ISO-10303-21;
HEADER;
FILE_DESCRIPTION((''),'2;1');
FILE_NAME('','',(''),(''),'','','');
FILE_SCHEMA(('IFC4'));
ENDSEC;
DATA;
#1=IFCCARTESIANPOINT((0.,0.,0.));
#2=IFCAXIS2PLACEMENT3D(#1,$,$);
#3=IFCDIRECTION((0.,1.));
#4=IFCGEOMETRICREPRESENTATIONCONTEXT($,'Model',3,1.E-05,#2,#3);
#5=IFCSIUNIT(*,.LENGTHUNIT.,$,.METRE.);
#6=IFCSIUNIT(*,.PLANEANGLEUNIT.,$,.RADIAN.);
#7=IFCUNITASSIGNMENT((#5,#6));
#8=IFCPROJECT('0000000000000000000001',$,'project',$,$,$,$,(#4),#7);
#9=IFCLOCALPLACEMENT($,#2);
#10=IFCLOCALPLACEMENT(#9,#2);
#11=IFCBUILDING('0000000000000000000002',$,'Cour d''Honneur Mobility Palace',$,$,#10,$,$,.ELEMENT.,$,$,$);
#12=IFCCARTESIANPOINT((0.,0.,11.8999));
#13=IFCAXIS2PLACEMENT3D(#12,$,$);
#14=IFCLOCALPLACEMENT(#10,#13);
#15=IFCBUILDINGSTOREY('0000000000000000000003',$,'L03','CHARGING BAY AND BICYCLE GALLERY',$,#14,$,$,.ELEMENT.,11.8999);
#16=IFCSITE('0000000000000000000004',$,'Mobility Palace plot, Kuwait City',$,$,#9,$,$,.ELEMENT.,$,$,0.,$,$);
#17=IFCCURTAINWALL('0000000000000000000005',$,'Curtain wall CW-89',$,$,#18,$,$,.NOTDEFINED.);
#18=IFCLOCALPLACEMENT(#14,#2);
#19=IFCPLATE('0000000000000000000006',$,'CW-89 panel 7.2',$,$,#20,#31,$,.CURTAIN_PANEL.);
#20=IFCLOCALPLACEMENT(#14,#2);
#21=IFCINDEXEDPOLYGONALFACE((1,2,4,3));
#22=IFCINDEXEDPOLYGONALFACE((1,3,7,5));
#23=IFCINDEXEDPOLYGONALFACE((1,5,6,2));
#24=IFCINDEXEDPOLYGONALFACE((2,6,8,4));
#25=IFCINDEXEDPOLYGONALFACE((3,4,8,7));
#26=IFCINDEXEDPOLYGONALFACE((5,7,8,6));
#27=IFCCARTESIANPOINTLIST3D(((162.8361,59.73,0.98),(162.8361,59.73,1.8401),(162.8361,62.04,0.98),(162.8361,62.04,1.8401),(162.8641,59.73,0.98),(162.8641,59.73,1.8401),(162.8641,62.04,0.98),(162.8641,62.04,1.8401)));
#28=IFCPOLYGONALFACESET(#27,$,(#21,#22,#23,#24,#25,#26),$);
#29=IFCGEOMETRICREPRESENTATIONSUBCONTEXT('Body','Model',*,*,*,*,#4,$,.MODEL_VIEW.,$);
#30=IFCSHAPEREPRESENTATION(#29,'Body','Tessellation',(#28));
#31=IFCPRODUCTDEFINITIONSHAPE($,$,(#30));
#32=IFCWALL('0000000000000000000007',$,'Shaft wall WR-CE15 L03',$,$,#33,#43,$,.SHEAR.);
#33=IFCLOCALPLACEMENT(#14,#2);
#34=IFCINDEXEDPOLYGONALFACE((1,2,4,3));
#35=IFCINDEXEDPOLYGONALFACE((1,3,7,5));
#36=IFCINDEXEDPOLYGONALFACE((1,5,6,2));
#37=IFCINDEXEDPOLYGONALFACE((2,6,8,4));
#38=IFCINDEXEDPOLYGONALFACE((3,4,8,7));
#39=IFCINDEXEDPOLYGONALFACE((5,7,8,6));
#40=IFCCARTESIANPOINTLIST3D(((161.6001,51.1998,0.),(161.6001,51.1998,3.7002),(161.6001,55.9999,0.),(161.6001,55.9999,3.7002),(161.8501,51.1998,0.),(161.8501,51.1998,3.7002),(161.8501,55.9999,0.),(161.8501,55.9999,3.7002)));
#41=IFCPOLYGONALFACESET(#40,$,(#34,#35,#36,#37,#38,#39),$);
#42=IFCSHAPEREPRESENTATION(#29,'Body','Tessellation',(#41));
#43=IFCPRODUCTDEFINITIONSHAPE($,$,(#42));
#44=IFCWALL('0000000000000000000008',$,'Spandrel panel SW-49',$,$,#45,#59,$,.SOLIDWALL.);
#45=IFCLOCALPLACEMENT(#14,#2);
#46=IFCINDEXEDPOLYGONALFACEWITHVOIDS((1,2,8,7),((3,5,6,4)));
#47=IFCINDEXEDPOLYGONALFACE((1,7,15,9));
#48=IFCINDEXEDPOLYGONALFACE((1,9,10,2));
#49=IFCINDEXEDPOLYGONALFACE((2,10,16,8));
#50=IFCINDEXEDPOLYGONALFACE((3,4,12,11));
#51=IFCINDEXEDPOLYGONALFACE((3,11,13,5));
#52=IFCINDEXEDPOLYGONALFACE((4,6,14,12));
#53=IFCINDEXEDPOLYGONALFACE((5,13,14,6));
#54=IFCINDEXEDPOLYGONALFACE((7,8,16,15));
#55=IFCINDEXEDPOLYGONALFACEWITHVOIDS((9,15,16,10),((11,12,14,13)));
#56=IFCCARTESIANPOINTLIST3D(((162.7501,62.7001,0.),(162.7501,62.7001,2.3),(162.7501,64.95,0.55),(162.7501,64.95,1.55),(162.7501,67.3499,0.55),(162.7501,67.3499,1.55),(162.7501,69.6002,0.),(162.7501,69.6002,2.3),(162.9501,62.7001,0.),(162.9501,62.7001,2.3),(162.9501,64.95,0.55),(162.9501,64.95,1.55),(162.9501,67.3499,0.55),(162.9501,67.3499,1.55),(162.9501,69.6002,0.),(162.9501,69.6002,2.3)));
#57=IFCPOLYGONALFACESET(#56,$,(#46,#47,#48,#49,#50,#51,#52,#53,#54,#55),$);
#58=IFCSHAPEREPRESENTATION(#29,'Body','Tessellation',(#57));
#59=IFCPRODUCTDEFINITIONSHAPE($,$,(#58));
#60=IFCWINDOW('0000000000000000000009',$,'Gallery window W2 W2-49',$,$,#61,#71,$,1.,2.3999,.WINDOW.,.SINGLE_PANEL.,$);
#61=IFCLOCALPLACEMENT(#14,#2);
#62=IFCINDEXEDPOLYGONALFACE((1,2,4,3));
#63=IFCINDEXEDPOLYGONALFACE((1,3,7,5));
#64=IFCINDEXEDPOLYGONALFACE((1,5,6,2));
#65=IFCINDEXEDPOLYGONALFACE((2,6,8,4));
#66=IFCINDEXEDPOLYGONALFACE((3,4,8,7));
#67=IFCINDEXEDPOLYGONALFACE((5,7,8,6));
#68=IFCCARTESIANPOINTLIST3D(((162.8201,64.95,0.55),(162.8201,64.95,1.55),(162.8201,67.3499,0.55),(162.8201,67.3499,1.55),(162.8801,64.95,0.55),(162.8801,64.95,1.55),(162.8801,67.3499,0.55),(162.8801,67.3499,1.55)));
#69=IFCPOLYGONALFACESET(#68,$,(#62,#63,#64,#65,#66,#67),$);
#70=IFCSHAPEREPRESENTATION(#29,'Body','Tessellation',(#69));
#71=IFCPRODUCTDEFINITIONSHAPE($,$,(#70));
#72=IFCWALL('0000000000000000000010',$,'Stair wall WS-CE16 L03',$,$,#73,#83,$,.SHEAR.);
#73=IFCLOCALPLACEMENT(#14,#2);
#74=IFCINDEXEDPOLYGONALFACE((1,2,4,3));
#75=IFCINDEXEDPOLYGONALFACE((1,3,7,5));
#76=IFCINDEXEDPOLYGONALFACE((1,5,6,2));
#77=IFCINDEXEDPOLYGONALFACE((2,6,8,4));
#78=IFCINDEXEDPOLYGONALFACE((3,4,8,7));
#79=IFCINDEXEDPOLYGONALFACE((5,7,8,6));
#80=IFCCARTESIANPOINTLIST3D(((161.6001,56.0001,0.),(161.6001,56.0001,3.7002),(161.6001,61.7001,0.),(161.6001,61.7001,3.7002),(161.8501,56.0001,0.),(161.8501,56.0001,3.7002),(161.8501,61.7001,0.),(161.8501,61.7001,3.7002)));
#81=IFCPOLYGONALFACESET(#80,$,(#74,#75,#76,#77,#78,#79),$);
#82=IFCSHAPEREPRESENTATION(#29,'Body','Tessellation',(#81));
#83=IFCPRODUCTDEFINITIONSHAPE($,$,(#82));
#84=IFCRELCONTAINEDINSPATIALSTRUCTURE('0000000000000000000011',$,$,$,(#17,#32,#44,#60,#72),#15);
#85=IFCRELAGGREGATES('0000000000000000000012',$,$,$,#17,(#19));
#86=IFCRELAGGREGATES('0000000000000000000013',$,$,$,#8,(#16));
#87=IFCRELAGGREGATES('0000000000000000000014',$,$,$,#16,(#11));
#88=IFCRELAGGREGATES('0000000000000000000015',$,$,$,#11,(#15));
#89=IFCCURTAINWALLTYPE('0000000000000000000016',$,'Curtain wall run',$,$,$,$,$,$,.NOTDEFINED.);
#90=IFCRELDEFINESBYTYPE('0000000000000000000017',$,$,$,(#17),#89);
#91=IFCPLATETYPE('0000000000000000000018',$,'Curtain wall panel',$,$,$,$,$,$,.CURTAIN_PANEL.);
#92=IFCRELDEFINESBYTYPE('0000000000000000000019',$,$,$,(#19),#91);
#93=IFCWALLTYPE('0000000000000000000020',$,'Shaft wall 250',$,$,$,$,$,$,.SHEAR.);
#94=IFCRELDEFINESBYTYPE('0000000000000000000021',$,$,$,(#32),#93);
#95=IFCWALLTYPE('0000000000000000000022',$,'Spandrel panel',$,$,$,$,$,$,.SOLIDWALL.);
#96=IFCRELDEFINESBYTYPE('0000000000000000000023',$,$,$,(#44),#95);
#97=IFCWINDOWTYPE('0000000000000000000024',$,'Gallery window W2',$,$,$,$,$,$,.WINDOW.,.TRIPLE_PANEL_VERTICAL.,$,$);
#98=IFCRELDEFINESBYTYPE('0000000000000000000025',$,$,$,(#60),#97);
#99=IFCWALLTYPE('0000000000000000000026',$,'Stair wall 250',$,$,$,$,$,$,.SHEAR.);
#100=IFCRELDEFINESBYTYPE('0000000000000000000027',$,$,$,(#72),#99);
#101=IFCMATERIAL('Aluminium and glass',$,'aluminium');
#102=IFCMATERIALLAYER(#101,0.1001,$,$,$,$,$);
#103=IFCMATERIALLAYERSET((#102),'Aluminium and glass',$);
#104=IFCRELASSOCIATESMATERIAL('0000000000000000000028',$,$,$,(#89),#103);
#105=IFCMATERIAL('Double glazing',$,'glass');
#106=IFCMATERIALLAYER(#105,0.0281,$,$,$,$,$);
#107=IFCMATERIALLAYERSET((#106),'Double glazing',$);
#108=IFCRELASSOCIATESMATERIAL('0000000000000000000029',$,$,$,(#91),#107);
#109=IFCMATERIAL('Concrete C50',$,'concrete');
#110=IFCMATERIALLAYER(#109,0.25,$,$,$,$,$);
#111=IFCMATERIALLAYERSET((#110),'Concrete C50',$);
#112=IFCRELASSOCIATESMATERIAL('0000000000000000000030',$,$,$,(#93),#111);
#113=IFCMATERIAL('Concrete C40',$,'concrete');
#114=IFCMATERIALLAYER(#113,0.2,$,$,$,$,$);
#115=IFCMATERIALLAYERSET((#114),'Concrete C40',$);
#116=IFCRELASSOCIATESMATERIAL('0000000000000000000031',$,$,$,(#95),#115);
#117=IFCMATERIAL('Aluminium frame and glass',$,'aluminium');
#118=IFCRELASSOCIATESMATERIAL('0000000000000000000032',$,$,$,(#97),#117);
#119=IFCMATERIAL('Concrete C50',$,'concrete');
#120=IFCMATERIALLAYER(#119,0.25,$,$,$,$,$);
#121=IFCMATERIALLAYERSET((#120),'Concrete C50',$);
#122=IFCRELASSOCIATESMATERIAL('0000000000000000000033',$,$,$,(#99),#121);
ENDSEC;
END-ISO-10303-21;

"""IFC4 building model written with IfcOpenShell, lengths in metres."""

from ifc_helpers import new_model, si_unit, direction, frame, frame_2d, origin, origin_2d, place, context, subcontext, project, spatial, rectangle, extrude, material, layer, layer_set, type_object, element, fill, aggregate, save


model = new_model("IFC4")

# Units and contexts
model_context = context("Model", 3, precision=1e-05, world=origin(), true_north=direction((0.0, 1.0)))
body_context = subcontext(model_context, "Body", "Model", "MODEL_VIEW")
ifc_project = project(units=[si_unit("LENGTHUNIT", "METRE"), si_unit("PLANEANGLEUNIT", "RADIAN")], contexts=[model_context])

# Site, building, storey
site_placement = place(None, origin())
site = spatial("IfcSite", under=ifc_project, at=site_placement, Name="Mobility Palace plot, Kuwait City", CompositionType="ELEMENT", RefElevation=0.0)
building_placement = place(site_placement, origin())
building = spatial("IfcBuilding", under=site, at=building_placement, Name="Cour d'Honneur Mobility Palace", CompositionType="ELEMENT")
storey_placement = place(building_placement, frame((0.0, 0.0, 11.8999)))
storey = spatial("IfcBuildingStorey", under=building, at=storey_placement, Name="L03", Description="CHARGING BAY AND BICYCLE GALLERY", CompositionType="ELEMENT", Elevation=11.8999)

# Curtain wall, plate
ifc_material_1 = material(Name="Aluminium and glass", Category="aluminium")
ifc_layer_1 = layer(ifc_material_1, 0.1001)
ifc_layer_set_1 = layer_set([ifc_layer_1], Name="Aluminium and glass")
curtain_wall_type = type_object("IfcCurtainWallType", Name="Curtain wall run", PredefinedType="NOTDEFINED", material=ifc_layer_set_1)
curtain_wall_placement = place(storey_placement, origin())
curtain_wall = element("IfcCurtainWall", 1, at=curtain_wall_placement, inside=storey, type_object=curtain_wall_type, Name="Curtain wall CW-89", PredefinedType="NOTDEFINED")
ifc_material_2 = material(Name="Double glazing", Category="glass")
ifc_layer_2 = layer(ifc_material_2, 0.0281)
ifc_layer_set_2 = layer_set([ifc_layer_2], Name="Double glazing")
plate_type = type_object("IfcPlateType", Name="Curtain wall panel", PredefinedType="CURTAIN_PANEL", material=ifc_layer_set_2)
plate_1_placement = place(storey_placement, frame((162.8501, 60.885, 0.98), z_axis=(0.0, 0.0, 1.0), x_axis=(0.0, 1.0, 0.0)))
plate_1 = element("IfcPlate", 2, at=plate_1_placement, type_object=plate_type, Name="CW-89 panel 7.2", PredefinedType="CURTAIN_PANEL", context=body_context, shape_type="SweptSolid", body=[
    extrude(rectangle(XDim=2.3101, YDim=0.0281, at=origin_2d()), origin(), (0.0, 0.0, 1.0), 0.8601),
])
aggregate(curtain_wall, [plate_1])

# Wall
ifc_material_3 = material(Name="Concrete C50", Category="concrete")
ifc_layer_3 = layer(ifc_material_3, 0.25)
ifc_layer_set_3 = layer_set([ifc_layer_3], Name="Concrete C50")
wall_type_1 = type_object("IfcWallType", Name="Shaft wall 250", PredefinedType="SHEAR", material=ifc_layer_set_3)
wall_1_placement = place(storey_placement, frame((161.7251, 51.2, 0.0), z_axis=(0.0, 0.0, 1.0), x_axis=(0.0, 1.0, 0.0)))
element("IfcWall", 3, at=wall_1_placement, inside=storey, type_object=wall_type_1, Name="Shaft wall WR-CE15 L03", PredefinedType="SHEAR", context=body_context, shape_type="SweptSolid", body=[
    extrude(rectangle(XDim=4.8, YDim=0.25, at=frame_2d((2.3999, 0.0))), origin(), (0.0, 0.0, 1.0), 3.7002),
])

# Wall, opening, window
ifc_material_4 = material(Name="Concrete C40", Category="concrete")
ifc_layer_4 = layer(ifc_material_4, 0.2)
ifc_layer_set_4 = layer_set([ifc_layer_4], Name="Concrete C40")
wall_type_2 = type_object("IfcWallType", Name="Spandrel panel", PredefinedType="SOLIDWALL", material=ifc_layer_set_4)
wall_2_placement = place(storey_placement, frame((162.8501, 62.7, 0.0), z_axis=(0.0, 0.0, 1.0), x_axis=(0.0, 1.0, 0.0)))
wall_2 = element("IfcWall", 4, at=wall_2_placement, inside=storey, type_object=wall_type_2, Name="Spandrel panel SW-49", PredefinedType="SOLIDWALL", context=body_context, shape_type="SweptSolid", body=[
    extrude(rectangle(XDim=6.9001, YDim=0.2, at=frame_2d((3.4502, 0.0))), origin(), (0.0, 0.0, 1.0), 2.3),
])
opening_placement = place(wall_2_placement, frame((2.25, 0.0, 0.55)))
opening = element("IfcOpeningElement", 5, at=opening_placement, cuts=wall_2, PredefinedType="OPENING", context=body_context, shape_type="SweptSolid", body=[
    extrude(rectangle(XDim=2.3999, YDim=1.0, at=frame_2d((1.2, 0.5))), frame((0.0, 0.1099, 0.0), z_axis=(0.0, -1.0, 0.0), x_axis=(1.0, 0.0, 0.0)), (0.0, 0.0, 1.0), 0.22),
])
ifc_material_5 = material(Name="Aluminium frame and glass", Category="aluminium")
window_type = type_object("IfcWindowType", Name="Gallery window W2", PartitioningType="TRIPLE_PANEL_VERTICAL", PredefinedType="WINDOW", material=ifc_material_5)
window_placement = place(opening_placement, origin())
window = element("IfcWindow", 6, at=window_placement, inside=storey, type_object=window_type, Name="Gallery window W2 W2-49", OverallHeight=1.0, OverallWidth=2.3999, PartitioningType="SINGLE_PANEL", PredefinedType="WINDOW", context=body_context, shape_type="SweptSolid", body=[
    extrude(rectangle(XDim=2.3999, YDim=1.0, at=frame_2d((1.2, 0.5))), frame((0.0, 0.03, 0.0), z_axis=(0.0, -1.0, 0.0), x_axis=(1.0, 0.0, 0.0)), (0.0, 0.0, 1.0), 0.0601),
])
fill(opening, window)

# Wall
ifc_material_6 = material(Name="Concrete C50", Category="concrete")
ifc_layer_5 = layer(ifc_material_6, 0.25)
ifc_layer_set_5 = layer_set([ifc_layer_5], Name="Concrete C50")
wall_type_3 = type_object("IfcWallType", Name="Stair wall 250", PredefinedType="SHEAR", material=ifc_layer_set_5)
wall_3_placement = place(storey_placement, frame((161.7251, 56.0, 0.0), z_axis=(0.0, 0.0, 1.0), x_axis=(0.0, 1.0, 0.0)))
element("IfcWall", 7, at=wall_3_placement, inside=storey, type_object=wall_type_3, Name="Stair wall WS-CE16 L03", PredefinedType="SHEAR", context=body_context, shape_type="SweptSolid", body=[
    extrude(rectangle(XDim=5.7, YDim=0.25, at=frame_2d((2.8501, 0.0))), origin(), (0.0, 0.0, 1.0), 3.7002),
])

save(model, "model.ifc")
